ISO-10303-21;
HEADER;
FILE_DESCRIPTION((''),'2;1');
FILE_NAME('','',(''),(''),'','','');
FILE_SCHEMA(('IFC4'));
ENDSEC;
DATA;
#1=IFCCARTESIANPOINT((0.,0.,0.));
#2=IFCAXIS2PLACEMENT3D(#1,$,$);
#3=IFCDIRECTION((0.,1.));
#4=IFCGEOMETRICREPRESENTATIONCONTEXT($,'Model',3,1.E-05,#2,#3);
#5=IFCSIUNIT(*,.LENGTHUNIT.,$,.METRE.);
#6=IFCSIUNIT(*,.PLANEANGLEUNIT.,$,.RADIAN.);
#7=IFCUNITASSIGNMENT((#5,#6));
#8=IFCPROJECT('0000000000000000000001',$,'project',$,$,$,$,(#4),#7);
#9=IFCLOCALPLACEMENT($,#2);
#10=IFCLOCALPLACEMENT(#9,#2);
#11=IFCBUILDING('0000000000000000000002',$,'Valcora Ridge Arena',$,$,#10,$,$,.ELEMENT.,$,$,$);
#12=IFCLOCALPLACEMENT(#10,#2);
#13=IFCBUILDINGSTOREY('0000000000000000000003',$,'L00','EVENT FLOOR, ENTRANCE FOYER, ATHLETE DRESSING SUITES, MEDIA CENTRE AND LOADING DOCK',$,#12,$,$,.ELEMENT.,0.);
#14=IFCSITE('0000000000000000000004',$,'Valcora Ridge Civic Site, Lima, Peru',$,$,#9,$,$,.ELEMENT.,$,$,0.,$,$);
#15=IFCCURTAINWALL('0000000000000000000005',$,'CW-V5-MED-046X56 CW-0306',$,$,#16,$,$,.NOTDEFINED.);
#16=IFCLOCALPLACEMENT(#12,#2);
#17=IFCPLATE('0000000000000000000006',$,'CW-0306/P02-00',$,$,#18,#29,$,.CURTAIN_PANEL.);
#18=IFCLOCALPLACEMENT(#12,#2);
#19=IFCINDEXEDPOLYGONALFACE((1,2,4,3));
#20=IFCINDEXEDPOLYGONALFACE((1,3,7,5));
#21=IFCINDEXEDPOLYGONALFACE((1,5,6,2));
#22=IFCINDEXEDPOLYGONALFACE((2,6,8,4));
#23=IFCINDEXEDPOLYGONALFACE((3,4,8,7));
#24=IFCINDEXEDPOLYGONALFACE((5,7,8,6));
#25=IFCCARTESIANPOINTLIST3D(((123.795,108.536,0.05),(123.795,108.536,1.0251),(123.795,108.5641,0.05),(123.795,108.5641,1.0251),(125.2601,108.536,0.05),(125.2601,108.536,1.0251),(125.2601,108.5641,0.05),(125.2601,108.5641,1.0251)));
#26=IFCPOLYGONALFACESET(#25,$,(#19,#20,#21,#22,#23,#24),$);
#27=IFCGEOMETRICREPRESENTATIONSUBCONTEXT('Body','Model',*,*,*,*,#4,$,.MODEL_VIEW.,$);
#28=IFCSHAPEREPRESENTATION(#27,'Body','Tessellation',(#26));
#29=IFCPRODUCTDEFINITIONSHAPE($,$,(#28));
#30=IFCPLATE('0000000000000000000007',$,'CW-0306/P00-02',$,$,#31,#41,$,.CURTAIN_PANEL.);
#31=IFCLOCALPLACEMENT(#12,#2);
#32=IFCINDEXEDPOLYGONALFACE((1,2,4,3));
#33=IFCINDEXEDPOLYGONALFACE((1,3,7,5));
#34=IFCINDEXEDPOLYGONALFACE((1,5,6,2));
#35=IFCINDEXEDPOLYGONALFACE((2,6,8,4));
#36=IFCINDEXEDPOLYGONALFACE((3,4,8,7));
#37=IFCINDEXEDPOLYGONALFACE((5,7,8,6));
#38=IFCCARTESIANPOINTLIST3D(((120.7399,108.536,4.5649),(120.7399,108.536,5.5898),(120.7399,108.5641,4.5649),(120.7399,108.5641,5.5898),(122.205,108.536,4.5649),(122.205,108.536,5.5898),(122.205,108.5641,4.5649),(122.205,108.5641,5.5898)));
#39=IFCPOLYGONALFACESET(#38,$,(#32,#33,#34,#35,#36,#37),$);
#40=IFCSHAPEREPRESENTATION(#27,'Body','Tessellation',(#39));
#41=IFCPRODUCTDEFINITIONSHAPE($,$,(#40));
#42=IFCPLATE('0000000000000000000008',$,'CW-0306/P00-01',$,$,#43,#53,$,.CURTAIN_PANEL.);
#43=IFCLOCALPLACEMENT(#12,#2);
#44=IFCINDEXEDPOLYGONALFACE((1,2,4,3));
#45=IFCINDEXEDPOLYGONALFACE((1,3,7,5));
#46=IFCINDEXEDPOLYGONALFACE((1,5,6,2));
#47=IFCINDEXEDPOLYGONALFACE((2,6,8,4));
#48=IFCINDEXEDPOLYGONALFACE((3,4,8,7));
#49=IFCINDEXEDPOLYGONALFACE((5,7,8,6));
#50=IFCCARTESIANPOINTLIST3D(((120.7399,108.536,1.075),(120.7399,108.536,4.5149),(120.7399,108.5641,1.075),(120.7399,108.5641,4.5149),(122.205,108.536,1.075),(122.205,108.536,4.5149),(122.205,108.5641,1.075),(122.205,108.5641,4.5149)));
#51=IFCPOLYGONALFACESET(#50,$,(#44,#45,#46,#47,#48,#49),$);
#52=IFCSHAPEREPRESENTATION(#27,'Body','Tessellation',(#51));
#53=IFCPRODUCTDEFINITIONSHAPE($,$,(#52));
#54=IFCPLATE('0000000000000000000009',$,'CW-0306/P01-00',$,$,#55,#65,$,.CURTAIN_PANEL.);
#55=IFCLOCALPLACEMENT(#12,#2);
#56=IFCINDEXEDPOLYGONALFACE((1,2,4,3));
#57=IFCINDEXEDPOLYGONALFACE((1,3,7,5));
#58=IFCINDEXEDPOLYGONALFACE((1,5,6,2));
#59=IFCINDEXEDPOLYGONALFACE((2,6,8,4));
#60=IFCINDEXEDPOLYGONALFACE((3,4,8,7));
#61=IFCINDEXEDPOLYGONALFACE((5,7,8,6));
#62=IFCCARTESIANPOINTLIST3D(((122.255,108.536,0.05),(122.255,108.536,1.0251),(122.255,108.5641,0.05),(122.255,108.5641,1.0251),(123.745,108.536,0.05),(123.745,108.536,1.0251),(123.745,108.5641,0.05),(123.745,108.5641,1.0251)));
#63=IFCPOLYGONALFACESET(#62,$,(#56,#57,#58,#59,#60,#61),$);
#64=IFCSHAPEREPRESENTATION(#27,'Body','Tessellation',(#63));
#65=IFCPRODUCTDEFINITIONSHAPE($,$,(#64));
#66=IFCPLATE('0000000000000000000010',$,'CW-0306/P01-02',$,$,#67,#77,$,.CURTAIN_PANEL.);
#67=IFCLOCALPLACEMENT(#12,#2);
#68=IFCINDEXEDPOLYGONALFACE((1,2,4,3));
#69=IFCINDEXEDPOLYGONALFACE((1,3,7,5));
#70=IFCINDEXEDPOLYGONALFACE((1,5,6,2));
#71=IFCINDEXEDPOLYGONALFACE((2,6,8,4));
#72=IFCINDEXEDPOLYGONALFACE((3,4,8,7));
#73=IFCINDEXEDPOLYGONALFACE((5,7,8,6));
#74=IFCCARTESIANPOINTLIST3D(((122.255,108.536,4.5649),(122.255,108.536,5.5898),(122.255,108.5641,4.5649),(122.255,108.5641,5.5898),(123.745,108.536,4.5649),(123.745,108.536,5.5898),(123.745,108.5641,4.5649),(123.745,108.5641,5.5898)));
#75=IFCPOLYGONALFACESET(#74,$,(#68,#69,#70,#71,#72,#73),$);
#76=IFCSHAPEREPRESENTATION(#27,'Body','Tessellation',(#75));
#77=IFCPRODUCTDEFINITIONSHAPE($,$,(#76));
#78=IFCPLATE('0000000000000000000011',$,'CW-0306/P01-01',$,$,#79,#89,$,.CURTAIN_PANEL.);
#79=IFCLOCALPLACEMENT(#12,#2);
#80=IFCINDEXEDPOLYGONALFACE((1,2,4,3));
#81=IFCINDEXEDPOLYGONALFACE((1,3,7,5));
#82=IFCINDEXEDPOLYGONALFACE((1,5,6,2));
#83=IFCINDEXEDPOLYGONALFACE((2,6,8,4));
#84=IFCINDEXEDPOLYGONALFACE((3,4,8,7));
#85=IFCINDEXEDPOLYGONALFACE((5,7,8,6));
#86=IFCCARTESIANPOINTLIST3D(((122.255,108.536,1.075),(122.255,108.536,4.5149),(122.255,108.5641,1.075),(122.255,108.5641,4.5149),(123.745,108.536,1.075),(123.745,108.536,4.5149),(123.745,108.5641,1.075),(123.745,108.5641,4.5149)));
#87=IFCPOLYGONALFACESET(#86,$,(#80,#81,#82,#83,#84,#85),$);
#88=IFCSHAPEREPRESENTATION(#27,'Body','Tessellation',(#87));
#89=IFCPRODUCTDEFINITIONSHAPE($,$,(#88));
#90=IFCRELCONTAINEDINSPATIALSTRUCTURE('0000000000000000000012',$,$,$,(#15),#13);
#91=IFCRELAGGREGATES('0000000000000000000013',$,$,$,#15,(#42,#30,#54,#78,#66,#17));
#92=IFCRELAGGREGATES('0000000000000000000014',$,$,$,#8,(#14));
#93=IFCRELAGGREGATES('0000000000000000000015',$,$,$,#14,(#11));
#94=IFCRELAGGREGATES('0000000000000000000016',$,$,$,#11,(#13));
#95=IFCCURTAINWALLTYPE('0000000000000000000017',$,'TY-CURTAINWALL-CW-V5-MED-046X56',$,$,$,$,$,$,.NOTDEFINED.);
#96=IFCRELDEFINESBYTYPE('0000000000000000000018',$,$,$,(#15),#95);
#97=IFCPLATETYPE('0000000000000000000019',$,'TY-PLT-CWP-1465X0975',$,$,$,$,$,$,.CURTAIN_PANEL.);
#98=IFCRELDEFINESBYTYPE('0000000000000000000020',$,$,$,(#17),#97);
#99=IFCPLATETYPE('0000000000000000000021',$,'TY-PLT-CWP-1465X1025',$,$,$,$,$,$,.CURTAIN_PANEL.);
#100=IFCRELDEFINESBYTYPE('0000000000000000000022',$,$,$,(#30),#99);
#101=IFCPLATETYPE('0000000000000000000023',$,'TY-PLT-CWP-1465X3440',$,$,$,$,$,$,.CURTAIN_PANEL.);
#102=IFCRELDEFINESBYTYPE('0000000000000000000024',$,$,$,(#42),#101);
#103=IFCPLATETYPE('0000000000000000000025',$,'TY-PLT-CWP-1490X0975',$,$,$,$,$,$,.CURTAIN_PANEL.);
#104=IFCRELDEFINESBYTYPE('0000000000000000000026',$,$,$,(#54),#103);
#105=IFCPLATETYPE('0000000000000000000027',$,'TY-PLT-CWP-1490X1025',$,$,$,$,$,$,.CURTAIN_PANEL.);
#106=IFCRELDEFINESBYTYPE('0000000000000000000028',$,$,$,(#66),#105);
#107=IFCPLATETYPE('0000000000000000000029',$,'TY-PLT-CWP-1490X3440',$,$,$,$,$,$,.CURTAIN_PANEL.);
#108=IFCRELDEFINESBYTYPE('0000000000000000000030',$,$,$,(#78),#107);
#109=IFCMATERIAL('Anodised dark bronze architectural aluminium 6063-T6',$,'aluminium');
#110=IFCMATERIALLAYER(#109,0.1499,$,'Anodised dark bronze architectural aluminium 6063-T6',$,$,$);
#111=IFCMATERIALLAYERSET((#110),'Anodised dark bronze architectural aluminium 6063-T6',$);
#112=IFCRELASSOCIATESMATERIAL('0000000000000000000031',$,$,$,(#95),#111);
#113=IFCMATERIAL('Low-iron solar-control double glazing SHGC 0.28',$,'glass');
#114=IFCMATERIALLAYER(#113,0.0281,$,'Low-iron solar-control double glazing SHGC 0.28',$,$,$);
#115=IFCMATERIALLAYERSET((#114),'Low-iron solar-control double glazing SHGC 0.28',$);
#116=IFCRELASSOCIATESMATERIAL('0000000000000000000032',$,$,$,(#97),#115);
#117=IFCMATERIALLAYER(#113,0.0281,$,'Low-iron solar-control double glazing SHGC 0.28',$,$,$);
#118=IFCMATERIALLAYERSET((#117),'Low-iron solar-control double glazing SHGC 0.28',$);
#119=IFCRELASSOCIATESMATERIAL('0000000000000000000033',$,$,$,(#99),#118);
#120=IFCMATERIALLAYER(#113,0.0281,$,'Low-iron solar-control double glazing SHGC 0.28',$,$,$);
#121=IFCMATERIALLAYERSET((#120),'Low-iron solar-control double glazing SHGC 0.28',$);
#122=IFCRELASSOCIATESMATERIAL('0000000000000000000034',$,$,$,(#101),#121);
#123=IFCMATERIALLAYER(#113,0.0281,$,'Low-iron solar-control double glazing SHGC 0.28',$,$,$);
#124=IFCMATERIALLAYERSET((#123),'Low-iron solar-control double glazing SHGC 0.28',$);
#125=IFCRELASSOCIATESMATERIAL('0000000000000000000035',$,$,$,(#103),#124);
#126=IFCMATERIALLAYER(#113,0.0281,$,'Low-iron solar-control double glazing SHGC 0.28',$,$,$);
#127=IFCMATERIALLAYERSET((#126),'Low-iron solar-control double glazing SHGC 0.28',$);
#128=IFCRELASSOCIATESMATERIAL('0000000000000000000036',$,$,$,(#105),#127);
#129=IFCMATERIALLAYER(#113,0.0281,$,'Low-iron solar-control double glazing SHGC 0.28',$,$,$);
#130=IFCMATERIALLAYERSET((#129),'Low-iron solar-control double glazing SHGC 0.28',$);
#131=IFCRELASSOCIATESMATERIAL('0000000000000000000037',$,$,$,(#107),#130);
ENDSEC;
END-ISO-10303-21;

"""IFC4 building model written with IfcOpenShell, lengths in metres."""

from ifc_helpers import new_model, si_unit, direction, frame, origin, origin_2d, place, context, subcontext, project, spatial, rectangle, extrude, material, layer, layer_set, type_object, element, aggregate, save


model = new_model("IFC4")

# Units and contexts
model_context = context("Model", 3, precision=1e-05, world=origin(), true_north=direction((0.0, 1.0)))
body_context = subcontext(model_context, "Body", "Model", "MODEL_VIEW")
ifc_project = project(units=[si_unit("LENGTHUNIT", "METRE"), si_unit("PLANEANGLEUNIT", "RADIAN")], contexts=[model_context])

# Site, building, storey
site_placement = place(None, origin())
site = spatial("IfcSite", under=ifc_project, at=site_placement, Name="Valcora Ridge Civic Site, Lima, Peru", CompositionType="ELEMENT", RefElevation=0.0)
building_placement = place(site_placement, origin())
building = spatial("IfcBuilding", under=site, at=building_placement, Name="Valcora Ridge Arena", CompositionType="ELEMENT")
storey_placement = place(building_placement, origin())
storey = spatial("IfcBuildingStorey", under=building, at=storey_placement, Name="L00", Description="EVENT FLOOR, ENTRANCE FOYER, ATHLETE DRESSING SUITES, MEDIA CENTRE AND LOADING DOCK", CompositionType="ELEMENT", Elevation=0.0)

# Curtain wall, plates
ifc_material_1 = material(Name="Anodised dark bronze architectural aluminium 6063-T6", Category="aluminium")
ifc_layer_1 = layer(ifc_material_1, 0.1499, Name="Anodised dark bronze architectural aluminium 6063-T6")
ifc_layer_set_1 = layer_set([ifc_layer_1], Name="Anodised dark bronze architectural aluminium 6063-T6")
curtain_wall_type = type_object("IfcCurtainWallType", Name="TY-CURTAINWALL-CW-V5-MED-046X56", PredefinedType="NOTDEFINED", material=ifc_layer_set_1)
curtain_wall_placement = place(storey_placement, origin())
curtain_wall = element("IfcCurtainWall", 1, at=curtain_wall_placement, inside=storey, type_object=curtain_wall_type, Name="CW-V5-MED-046X56 CW-0306", PredefinedType="NOTDEFINED")
ifc_material_2 = material(Name="Low-iron solar-control double glazing SHGC 0.28", Category="glass")
ifc_layer_2 = layer(ifc_material_2, 0.0281, Name="Low-iron solar-control double glazing SHGC 0.28")
ifc_layer_set_2 = layer_set([ifc_layer_2], Name="Low-iron solar-control double glazing SHGC 0.28")
plate_type_1 = type_object("IfcPlateType", Name="TY-PLT-CWP-1465X0975", PredefinedType="CURTAIN_PANEL", material=ifc_layer_set_2)
plate_1_placement = place(storey_placement, frame((124.5276, 108.55, 0.05), z_axis=(0.0, 0.0, 1.0), x_axis=(1.0, 0.0, 0.0)))
plate_1 = element("IfcPlate", 2, at=plate_1_placement, type_object=plate_type_1, Name="CW-0306/P02-00", PredefinedType="CURTAIN_PANEL", context=body_context, shape_type="SweptSolid", body=[
    extrude(rectangle(XDim=1.4651, YDim=0.0281, at=origin_2d()), origin(), (0.0, 0.0, 1.0), 0.9751),
])
ifc_layer_3 = layer(ifc_material_2, 0.0281, Name="Low-iron solar-control double glazing SHGC 0.28")
ifc_layer_set_3 = layer_set([ifc_layer_3], Name="Low-iron solar-control double glazing SHGC 0.28")
plate_type_2 = type_object("IfcPlateType", Name="TY-PLT-CWP-1465X1025", PredefinedType="CURTAIN_PANEL", material=ifc_layer_set_3)
plate_2_placement = place(storey_placement, frame((121.4724, 108.55, 4.5649), z_axis=(0.0, 0.0, 1.0), x_axis=(1.0, 0.0, 0.0)))
plate_2 = element("IfcPlate", 3, at=plate_2_placement, type_object=plate_type_2, Name="CW-0306/P00-02", PredefinedType="CURTAIN_PANEL", context=body_context, shape_type="SweptSolid", body=[
    extrude(rectangle(XDim=1.4651, YDim=0.0281, at=origin_2d()), origin(), (0.0, 0.0, 1.0), 1.0249),
])
ifc_layer_4 = layer(ifc_material_2, 0.0281, Name="Low-iron solar-control double glazing SHGC 0.28")
ifc_layer_set_4 = layer_set([ifc_layer_4], Name="Low-iron solar-control double glazing SHGC 0.28")
plate_type_3 = type_object("IfcPlateType", Name="TY-PLT-CWP-1465X3440", PredefinedType="CURTAIN_PANEL", material=ifc_layer_set_4)
plate_3_placement = place(storey_placement, frame((121.4724, 108.55, 1.075), z_axis=(0.0, 0.0, 1.0), x_axis=(1.0, 0.0, 0.0)))
plate_3 = element("IfcPlate", 4, at=plate_3_placement, type_object=plate_type_3, Name="CW-0306/P00-01", PredefinedType="CURTAIN_PANEL", context=body_context, shape_type="SweptSolid", body=[
    extrude(rectangle(XDim=1.4651, YDim=0.0281, at=origin_2d()), origin(), (0.0, 0.0, 1.0), 3.4399),
])
ifc_layer_5 = layer(ifc_material_2, 0.0281, Name="Low-iron solar-control double glazing SHGC 0.28")
ifc_layer_set_5 = layer_set([ifc_layer_5], Name="Low-iron solar-control double glazing SHGC 0.28")
plate_type_4 = type_object("IfcPlateType", Name="TY-PLT-CWP-1490X0975", PredefinedType="CURTAIN_PANEL", material=ifc_layer_set_5)
plate_4_placement = place(storey_placement, frame((123.0, 108.55, 0.05), z_axis=(0.0, 0.0, 1.0), x_axis=(1.0, 0.0, 0.0)))
plate_4 = element("IfcPlate", 5, at=plate_4_placement, type_object=plate_type_4, Name="CW-0306/P01-00", PredefinedType="CURTAIN_PANEL", context=body_context, shape_type="SweptSolid", body=[
    extrude(rectangle(XDim=1.49, YDim=0.0281, at=origin_2d()), origin(), (0.0, 0.0, 1.0), 0.9751),
])
ifc_layer_6 = layer(ifc_material_2, 0.0281, Name="Low-iron solar-control double glazing SHGC 0.28")
ifc_layer_set_6 = layer_set([ifc_layer_6], Name="Low-iron solar-control double glazing SHGC 0.28")
plate_type_5 = type_object("IfcPlateType", Name="TY-PLT-CWP-1490X1025", PredefinedType="CURTAIN_PANEL", material=ifc_layer_set_6)
plate_5_placement = place(storey_placement, frame((123.0, 108.55, 4.5649), z_axis=(0.0, 0.0, 1.0), x_axis=(1.0, 0.0, 0.0)))
plate_5 = element("IfcPlate", 6, at=plate_5_placement, type_object=plate_type_5, Name="CW-0306/P01-02", PredefinedType="CURTAIN_PANEL", context=body_context, shape_type="SweptSolid", body=[
    extrude(rectangle(XDim=1.49, YDim=0.0281, at=origin_2d()), origin(), (0.0, 0.0, 1.0), 1.0249),
])
ifc_layer_7 = layer(ifc_material_2, 0.0281, Name="Low-iron solar-control double glazing SHGC 0.28")
ifc_layer_set_7 = layer_set([ifc_layer_7], Name="Low-iron solar-control double glazing SHGC 0.28")
plate_type_6 = type_object("IfcPlateType", Name="TY-PLT-CWP-1490X3440", PredefinedType="CURTAIN_PANEL", material=ifc_layer_set_7)
plate_6_placement = place(storey_placement, frame((123.0, 108.55, 1.075), z_axis=(0.0, 0.0, 1.0), x_axis=(1.0, 0.0, 0.0)))
plate_6 = element("IfcPlate", 7, at=plate_6_placement, type_object=plate_type_6, Name="CW-0306/P01-01", PredefinedType="CURTAIN_PANEL", context=body_context, shape_type="SweptSolid", body=[
    extrude(rectangle(XDim=1.49, YDim=0.0281, at=origin_2d()), origin(), (0.0, 0.0, 1.0), 3.4399),
])
aggregate(curtain_wall, [plate_3, plate_2, plate_4, plate_6, plate_5, plate_1])

save(model, "model.ifc")
